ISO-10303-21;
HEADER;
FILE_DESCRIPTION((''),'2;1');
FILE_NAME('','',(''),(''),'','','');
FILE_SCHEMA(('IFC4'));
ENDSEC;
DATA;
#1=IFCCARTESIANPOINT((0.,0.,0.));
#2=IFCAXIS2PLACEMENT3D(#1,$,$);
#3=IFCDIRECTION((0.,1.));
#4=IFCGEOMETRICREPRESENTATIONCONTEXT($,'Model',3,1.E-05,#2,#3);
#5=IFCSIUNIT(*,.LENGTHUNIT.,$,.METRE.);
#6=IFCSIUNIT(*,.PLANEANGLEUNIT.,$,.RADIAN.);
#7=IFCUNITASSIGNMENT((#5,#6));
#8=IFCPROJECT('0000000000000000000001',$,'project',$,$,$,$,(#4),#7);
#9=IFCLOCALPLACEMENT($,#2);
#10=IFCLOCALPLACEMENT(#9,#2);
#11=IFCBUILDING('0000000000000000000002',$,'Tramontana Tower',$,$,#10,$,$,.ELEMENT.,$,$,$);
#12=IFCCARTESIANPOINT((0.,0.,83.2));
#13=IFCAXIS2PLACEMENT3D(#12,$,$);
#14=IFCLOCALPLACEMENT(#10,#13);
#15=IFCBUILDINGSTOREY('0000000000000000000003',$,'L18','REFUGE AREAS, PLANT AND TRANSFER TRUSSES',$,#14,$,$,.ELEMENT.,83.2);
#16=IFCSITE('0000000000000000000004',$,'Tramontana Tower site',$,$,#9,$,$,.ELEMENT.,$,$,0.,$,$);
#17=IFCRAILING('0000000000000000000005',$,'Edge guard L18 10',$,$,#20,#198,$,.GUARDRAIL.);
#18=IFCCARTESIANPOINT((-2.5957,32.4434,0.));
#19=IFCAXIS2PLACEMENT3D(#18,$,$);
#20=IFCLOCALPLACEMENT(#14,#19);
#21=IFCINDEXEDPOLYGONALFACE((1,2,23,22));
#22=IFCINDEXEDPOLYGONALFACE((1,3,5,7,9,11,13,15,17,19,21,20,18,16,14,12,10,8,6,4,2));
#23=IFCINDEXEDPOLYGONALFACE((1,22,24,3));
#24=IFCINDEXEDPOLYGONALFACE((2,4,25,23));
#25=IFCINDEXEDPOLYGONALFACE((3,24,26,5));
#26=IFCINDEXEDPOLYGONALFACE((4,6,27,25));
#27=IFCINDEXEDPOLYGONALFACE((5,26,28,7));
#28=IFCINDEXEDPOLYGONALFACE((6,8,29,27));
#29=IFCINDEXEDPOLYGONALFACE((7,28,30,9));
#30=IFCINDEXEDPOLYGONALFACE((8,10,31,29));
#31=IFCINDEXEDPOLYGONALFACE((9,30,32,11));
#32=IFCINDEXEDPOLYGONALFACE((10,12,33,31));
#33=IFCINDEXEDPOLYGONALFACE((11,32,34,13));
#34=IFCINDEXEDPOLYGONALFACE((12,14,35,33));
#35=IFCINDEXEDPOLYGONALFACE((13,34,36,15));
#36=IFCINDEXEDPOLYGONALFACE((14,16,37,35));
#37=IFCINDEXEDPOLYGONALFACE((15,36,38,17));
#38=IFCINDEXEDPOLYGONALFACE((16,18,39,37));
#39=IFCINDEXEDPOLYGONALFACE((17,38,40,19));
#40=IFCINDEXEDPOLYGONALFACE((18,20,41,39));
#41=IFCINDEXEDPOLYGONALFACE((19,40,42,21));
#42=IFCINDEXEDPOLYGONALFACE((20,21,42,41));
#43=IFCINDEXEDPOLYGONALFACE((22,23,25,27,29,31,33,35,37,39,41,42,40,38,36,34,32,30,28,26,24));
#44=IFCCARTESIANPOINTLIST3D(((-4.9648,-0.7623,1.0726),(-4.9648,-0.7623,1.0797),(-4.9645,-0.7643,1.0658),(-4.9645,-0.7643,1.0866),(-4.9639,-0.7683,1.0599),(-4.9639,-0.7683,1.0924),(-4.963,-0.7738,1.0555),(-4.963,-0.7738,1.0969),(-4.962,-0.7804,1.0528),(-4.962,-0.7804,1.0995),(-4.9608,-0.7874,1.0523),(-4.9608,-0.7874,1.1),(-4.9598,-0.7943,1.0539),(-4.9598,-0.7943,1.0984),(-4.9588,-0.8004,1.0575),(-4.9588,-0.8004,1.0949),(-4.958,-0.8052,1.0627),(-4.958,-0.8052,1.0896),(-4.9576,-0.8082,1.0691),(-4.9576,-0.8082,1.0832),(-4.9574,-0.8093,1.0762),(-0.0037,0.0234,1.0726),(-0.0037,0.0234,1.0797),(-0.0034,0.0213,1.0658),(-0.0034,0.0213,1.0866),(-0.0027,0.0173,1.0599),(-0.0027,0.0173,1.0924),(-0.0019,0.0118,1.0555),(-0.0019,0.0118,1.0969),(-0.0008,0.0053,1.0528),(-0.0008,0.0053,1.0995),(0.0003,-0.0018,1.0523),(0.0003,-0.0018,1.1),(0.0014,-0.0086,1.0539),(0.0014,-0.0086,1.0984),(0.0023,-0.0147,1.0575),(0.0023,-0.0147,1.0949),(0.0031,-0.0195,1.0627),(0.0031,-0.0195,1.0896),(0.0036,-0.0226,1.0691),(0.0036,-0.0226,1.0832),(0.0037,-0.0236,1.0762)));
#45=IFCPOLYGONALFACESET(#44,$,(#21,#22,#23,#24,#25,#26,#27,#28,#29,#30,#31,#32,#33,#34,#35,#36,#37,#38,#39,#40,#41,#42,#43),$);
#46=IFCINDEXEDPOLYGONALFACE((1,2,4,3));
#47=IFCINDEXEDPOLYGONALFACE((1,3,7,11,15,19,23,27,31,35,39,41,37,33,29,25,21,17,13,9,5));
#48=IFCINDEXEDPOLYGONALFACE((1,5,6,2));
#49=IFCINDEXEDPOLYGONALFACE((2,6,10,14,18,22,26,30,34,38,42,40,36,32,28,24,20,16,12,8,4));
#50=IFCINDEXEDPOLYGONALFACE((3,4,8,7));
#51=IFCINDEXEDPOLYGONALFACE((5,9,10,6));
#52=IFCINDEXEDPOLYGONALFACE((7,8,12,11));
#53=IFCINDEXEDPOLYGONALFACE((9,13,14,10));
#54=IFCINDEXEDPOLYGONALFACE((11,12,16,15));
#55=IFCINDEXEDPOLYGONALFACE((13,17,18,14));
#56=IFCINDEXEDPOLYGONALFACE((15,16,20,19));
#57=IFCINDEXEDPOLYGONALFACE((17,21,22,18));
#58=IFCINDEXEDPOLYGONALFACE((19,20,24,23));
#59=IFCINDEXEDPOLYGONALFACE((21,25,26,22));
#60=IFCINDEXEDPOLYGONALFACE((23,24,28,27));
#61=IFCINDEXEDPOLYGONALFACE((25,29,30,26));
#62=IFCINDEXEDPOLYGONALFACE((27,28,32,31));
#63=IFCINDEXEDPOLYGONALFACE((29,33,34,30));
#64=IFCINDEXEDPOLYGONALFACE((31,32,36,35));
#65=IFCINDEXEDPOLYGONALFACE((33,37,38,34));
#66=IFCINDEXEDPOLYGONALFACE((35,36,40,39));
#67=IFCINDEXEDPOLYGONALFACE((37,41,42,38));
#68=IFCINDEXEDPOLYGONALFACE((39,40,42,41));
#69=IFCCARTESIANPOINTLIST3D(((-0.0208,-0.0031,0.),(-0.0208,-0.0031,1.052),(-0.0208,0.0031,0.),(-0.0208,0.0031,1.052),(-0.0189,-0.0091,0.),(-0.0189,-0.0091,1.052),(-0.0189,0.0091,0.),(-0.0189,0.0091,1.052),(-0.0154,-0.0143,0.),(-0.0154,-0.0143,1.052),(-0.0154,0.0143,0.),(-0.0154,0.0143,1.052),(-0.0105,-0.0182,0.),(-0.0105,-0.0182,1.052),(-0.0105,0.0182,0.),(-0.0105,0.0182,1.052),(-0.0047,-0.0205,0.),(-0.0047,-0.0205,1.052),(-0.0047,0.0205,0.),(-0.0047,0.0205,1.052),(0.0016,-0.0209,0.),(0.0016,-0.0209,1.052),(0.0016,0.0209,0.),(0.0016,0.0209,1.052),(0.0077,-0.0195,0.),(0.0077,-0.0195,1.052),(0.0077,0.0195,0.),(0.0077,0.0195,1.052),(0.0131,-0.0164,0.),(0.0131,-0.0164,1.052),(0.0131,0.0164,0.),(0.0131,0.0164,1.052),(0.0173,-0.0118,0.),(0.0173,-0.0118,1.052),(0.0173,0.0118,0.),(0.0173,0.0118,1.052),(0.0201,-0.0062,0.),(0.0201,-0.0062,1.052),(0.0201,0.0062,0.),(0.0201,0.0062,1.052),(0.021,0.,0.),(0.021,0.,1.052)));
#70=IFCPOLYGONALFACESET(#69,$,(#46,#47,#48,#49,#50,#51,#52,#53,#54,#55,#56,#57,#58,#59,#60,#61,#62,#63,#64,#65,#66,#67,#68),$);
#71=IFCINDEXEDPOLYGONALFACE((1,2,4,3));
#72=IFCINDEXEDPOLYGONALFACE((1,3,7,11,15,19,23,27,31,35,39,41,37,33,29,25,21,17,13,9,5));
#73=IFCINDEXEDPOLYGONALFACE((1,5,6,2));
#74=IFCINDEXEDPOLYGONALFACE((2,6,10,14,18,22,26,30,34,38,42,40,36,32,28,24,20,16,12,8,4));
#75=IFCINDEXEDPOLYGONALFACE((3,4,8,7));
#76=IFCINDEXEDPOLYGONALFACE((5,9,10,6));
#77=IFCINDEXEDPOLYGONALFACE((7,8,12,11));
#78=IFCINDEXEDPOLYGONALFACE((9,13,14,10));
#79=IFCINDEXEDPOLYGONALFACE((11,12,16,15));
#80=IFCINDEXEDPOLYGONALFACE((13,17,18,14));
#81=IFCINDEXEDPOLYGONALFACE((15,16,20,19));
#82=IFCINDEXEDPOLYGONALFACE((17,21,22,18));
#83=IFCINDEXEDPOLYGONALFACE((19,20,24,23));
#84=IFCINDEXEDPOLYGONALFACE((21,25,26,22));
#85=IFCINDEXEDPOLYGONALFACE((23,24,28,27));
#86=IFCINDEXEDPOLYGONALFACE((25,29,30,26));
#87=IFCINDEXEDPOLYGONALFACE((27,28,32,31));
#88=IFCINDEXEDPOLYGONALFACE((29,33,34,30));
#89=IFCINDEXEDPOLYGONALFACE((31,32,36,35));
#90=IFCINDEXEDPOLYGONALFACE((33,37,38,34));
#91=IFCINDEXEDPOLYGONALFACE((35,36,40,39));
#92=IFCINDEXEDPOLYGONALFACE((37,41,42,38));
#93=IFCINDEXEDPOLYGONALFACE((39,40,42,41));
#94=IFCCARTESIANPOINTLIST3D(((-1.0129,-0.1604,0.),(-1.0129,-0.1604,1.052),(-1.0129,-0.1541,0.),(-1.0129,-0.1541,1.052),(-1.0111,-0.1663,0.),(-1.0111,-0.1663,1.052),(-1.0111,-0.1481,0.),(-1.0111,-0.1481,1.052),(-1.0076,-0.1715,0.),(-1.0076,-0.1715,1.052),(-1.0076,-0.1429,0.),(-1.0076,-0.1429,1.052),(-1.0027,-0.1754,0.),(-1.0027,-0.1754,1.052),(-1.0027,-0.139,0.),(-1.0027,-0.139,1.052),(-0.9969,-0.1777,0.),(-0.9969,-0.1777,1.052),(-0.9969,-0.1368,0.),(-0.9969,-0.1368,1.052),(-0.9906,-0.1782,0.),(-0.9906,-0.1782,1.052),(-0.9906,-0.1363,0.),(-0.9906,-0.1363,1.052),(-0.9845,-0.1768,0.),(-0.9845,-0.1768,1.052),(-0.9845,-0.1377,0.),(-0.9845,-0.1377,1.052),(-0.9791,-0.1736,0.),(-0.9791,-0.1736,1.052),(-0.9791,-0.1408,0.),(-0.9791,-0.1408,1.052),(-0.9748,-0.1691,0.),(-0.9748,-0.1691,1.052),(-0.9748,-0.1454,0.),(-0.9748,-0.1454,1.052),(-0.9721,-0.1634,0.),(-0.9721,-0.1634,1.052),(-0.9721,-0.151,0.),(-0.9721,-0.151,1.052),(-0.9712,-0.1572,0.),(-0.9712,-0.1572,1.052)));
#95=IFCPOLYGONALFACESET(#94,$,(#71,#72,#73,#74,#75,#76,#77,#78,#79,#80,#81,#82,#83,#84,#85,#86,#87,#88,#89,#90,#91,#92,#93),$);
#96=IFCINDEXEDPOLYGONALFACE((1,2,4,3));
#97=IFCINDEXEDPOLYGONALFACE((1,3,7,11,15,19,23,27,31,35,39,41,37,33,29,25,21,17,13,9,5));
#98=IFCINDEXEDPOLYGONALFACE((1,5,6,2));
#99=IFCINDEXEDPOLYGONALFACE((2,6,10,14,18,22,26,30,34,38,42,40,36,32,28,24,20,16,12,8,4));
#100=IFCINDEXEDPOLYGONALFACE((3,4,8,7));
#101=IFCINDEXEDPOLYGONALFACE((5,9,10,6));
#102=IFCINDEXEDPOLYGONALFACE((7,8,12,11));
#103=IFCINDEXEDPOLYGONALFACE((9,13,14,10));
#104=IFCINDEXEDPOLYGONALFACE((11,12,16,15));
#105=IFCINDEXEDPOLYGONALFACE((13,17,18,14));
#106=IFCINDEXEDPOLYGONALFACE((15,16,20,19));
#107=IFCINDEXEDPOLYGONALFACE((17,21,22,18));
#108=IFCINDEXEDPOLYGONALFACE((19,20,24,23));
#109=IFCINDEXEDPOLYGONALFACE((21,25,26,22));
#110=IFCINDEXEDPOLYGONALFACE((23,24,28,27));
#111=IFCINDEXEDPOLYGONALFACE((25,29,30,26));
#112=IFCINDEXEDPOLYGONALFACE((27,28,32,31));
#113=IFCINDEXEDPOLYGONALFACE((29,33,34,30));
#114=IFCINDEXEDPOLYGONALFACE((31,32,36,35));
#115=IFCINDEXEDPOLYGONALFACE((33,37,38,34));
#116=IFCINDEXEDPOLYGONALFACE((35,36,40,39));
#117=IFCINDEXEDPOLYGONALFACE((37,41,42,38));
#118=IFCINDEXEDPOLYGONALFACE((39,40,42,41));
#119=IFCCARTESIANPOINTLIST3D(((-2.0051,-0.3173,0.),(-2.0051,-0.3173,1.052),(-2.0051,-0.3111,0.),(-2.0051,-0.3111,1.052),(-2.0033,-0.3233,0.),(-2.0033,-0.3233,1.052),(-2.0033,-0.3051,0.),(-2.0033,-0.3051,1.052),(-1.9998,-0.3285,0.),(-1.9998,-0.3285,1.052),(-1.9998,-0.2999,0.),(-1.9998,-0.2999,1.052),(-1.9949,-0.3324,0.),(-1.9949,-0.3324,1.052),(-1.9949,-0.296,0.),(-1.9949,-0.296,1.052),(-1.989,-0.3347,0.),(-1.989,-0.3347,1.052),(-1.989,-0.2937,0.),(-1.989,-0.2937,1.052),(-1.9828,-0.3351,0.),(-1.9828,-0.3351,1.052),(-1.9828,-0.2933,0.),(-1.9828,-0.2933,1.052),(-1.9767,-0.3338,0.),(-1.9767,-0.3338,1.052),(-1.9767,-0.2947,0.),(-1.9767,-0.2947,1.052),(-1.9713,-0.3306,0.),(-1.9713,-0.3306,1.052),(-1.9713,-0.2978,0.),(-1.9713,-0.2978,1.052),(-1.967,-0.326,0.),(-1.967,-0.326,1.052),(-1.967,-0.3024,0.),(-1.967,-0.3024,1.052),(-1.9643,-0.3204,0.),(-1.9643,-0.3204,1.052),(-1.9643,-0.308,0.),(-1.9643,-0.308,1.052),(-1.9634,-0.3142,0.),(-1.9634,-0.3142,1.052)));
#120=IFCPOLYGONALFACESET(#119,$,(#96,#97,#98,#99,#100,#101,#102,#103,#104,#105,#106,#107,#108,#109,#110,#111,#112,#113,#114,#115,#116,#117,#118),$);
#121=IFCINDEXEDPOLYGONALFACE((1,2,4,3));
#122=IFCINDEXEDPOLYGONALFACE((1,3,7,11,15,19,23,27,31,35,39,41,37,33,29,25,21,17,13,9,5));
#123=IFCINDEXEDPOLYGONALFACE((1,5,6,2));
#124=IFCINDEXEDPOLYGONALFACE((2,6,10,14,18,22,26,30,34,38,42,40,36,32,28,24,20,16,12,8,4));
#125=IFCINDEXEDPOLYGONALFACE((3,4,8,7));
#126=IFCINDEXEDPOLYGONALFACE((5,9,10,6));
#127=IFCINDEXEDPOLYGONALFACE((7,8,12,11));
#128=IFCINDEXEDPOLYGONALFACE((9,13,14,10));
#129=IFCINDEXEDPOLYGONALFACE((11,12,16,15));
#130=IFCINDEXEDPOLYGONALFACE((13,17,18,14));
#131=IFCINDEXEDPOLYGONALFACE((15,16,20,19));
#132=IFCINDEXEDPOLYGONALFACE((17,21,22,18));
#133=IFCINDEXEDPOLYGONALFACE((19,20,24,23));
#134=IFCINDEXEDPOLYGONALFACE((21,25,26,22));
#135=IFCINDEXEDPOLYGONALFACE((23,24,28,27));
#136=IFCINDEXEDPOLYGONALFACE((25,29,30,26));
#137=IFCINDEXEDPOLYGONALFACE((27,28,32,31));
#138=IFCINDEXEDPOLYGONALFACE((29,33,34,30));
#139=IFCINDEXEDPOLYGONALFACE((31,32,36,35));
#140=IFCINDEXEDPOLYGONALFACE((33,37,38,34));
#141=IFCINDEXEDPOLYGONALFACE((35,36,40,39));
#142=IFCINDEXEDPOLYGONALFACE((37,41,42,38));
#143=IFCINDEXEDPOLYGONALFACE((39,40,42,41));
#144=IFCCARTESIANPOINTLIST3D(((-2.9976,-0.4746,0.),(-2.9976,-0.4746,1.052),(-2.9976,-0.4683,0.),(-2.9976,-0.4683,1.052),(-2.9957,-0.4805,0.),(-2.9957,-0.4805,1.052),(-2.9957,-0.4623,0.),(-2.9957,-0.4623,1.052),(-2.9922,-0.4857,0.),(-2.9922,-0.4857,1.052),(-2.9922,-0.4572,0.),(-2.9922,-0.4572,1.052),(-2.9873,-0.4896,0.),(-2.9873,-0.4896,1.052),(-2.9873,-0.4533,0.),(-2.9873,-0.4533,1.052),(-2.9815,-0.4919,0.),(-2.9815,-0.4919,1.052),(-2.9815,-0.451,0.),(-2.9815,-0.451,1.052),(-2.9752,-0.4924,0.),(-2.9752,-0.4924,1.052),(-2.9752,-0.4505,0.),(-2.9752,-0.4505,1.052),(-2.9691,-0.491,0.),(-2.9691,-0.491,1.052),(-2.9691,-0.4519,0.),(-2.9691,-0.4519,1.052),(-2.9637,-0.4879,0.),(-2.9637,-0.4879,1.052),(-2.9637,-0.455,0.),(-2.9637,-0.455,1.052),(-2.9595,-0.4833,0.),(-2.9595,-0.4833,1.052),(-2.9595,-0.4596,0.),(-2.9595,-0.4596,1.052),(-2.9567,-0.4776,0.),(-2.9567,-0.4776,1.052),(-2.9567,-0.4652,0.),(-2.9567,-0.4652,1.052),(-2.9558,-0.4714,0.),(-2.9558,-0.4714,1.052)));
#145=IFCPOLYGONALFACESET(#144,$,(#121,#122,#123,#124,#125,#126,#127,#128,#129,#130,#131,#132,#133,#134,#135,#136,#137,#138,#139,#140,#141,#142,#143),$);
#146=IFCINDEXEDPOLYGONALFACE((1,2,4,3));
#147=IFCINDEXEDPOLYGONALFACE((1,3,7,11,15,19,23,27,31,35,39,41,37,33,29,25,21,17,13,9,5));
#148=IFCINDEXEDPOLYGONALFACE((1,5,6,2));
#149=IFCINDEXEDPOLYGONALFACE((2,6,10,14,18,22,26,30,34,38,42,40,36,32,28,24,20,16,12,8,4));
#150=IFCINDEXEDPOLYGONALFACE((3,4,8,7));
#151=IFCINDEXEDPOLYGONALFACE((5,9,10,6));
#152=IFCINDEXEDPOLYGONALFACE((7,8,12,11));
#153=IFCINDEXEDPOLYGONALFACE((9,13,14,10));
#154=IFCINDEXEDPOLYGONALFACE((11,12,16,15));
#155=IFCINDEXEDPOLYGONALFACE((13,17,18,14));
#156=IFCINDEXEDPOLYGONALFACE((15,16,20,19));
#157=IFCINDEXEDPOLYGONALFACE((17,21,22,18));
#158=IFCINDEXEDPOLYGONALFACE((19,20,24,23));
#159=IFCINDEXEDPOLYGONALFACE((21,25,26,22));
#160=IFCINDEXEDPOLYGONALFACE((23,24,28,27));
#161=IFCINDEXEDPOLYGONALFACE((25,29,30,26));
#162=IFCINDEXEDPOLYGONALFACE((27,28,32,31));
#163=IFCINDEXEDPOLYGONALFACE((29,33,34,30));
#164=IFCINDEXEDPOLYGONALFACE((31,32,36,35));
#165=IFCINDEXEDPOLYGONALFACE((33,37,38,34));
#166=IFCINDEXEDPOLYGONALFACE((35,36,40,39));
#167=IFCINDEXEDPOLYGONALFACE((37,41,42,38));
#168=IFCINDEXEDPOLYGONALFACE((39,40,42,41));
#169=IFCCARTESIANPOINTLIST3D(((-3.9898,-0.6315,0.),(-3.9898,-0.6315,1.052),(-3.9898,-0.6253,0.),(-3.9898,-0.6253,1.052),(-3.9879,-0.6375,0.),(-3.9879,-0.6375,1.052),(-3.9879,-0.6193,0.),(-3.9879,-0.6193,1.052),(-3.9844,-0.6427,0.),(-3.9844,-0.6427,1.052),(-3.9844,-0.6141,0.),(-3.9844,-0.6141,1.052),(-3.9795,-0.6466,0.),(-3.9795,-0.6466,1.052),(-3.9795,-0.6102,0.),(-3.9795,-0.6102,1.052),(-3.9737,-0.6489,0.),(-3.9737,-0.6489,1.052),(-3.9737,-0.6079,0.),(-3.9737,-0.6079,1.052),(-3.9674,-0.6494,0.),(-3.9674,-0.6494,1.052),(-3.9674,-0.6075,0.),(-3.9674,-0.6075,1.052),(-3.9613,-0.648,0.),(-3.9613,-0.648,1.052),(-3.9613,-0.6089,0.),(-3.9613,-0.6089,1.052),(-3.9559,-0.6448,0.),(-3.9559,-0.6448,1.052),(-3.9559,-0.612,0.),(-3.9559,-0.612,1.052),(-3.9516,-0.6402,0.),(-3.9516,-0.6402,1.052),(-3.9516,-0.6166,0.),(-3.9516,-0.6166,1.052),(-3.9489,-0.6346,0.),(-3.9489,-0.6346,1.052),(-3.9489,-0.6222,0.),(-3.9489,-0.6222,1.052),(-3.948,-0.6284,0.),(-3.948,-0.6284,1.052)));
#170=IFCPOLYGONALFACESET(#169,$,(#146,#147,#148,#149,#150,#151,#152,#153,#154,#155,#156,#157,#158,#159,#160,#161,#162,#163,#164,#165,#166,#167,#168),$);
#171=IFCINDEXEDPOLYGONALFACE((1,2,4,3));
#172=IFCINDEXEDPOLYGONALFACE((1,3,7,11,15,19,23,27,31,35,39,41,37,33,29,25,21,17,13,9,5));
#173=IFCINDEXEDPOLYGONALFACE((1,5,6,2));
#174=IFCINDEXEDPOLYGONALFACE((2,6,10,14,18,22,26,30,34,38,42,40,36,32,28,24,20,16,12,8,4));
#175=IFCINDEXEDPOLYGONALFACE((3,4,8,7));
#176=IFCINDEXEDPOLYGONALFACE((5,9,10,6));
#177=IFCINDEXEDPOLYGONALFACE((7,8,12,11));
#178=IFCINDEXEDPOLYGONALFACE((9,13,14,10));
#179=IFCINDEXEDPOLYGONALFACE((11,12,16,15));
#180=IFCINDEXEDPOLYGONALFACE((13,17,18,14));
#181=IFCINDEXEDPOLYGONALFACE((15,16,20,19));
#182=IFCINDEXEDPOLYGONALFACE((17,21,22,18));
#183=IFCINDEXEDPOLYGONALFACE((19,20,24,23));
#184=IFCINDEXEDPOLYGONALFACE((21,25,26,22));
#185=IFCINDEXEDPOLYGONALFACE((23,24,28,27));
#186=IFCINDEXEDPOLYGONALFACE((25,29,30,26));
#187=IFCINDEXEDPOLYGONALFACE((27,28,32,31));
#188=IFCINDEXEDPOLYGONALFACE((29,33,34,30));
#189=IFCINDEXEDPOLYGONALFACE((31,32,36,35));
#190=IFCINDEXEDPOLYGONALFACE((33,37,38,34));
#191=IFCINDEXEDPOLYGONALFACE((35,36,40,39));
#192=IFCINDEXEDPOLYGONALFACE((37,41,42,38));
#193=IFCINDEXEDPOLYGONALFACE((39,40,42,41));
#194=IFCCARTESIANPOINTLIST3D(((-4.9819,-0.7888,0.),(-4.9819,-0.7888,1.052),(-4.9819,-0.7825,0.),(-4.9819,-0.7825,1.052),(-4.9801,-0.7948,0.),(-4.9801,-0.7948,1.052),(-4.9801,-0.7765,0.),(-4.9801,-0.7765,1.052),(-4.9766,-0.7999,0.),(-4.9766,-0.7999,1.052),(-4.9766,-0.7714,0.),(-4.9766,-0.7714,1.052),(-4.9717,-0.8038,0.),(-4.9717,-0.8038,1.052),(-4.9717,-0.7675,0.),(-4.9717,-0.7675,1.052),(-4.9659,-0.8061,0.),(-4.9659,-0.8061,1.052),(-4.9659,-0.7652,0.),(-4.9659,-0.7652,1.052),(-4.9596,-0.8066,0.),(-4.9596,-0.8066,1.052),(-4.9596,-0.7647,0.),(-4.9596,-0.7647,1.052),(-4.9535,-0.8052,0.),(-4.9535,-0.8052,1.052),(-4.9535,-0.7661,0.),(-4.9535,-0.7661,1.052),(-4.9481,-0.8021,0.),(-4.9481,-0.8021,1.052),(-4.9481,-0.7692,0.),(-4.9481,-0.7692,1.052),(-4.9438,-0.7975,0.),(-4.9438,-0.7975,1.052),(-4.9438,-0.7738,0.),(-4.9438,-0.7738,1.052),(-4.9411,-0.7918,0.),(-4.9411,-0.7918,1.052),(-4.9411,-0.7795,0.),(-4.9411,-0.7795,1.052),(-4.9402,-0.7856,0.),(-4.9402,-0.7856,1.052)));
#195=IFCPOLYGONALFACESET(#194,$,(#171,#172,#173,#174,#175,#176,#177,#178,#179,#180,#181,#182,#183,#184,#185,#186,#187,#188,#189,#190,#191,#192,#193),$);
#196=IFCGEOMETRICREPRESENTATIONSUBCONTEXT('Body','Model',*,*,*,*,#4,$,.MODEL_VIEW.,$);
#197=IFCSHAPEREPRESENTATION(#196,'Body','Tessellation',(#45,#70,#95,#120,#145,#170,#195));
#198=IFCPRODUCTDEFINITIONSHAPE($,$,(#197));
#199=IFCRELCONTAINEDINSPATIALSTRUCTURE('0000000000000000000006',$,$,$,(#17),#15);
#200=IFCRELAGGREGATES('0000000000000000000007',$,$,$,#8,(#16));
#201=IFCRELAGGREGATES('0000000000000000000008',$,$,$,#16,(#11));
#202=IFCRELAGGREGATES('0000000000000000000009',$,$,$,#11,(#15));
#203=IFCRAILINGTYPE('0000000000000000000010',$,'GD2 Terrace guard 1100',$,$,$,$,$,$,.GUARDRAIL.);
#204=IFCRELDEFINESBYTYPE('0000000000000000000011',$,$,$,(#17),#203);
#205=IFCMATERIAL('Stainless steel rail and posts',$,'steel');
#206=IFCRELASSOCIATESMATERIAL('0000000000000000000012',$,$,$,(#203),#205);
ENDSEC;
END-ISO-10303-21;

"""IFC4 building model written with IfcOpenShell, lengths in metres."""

from ifc_helpers import new_model, si_unit, direction, frame, origin, origin_2d, place, context, subcontext, project, spatial, circle, extrude, material, type_object, element, save


model = new_model("IFC4")

# Units and contexts
model_context = context("Model", 3, precision=1e-05, world=origin(), true_north=direction((0.0, 1.0)))
body_context = subcontext(model_context, "Body", "Model", "MODEL_VIEW")
ifc_project = project(units=[si_unit("LENGTHUNIT", "METRE"), si_unit("PLANEANGLEUNIT", "RADIAN")], contexts=[model_context])

# Site, building, storey
site_placement = place(None, origin())
site = spatial("IfcSite", under=ifc_project, at=site_placement, Name="Tramontana Tower site", CompositionType="ELEMENT", RefElevation=0.0)
building_placement = place(site_placement, origin())
building = spatial("IfcBuilding", under=site, at=building_placement, Name="Tramontana Tower", CompositionType="ELEMENT")
storey_placement = place(building_placement, frame((0.0, 0.0, 83.2)))
storey = spatial("IfcBuildingStorey", under=building, at=storey_placement, Name="L18", Description="REFUGE AREAS, PLANT AND TRANSFER TRUSSES", CompositionType="ELEMENT", Elevation=83.2)

# Railing
ifc_material_1 = material(Name="Stainless steel rail and posts", Category="steel")
railing_type = type_object("IfcRailingType", Name="GD2 Terrace guard 1100", PredefinedType="GUARDRAIL", material=ifc_material_1)
railing_1_placement = place(storey_placement, frame((-2.5957, 32.4434, 0.0)))
element("IfcRailing", 1, at=railing_1_placement, inside=storey, type_object=railing_type, Name="Edge guard L18 10", PredefinedType="GUARDRAIL", context=body_context, shape_type="SweptSolid", body=[
    extrude(circle(Radius=0.0239, at=origin_2d()), frame((0.0, 0.0, 1.0762), z_axis=(-0.987692, -0.156409, 0.0), x_axis=(0.156409, -0.987692, 0.0)), (0.0, 0.0, 1.0), 5.0229),
    extrude(circle(Radius=0.021, at=origin_2d()), origin(), (0.0, 0.0, 1.0), 1.052),
    extrude(circle(Radius=0.021, at=origin_2d()), frame((-0.9922, -0.1572, 0.0)), (0.0, 0.0, 1.0), 1.052),
    extrude(circle(Radius=0.021, at=origin_2d()), frame((-1.9844, -0.3142, 0.0)), (0.0, 0.0, 1.0), 1.052),
    extrude(circle(Radius=0.021, at=origin_2d()), frame((-2.9768, -0.4714, 0.0)), (0.0, 0.0, 1.0), 1.052),
    extrude(circle(Radius=0.021, at=origin_2d()), frame((-3.969, -0.6284, 0.0)), (0.0, 0.0, 1.0), 1.052),
    extrude(circle(Radius=0.021, at=origin_2d()), frame((-4.9612, -0.7856, 0.0)), (0.0, 0.0, 1.0), 1.052),
])

save(model, "model.ifc")
